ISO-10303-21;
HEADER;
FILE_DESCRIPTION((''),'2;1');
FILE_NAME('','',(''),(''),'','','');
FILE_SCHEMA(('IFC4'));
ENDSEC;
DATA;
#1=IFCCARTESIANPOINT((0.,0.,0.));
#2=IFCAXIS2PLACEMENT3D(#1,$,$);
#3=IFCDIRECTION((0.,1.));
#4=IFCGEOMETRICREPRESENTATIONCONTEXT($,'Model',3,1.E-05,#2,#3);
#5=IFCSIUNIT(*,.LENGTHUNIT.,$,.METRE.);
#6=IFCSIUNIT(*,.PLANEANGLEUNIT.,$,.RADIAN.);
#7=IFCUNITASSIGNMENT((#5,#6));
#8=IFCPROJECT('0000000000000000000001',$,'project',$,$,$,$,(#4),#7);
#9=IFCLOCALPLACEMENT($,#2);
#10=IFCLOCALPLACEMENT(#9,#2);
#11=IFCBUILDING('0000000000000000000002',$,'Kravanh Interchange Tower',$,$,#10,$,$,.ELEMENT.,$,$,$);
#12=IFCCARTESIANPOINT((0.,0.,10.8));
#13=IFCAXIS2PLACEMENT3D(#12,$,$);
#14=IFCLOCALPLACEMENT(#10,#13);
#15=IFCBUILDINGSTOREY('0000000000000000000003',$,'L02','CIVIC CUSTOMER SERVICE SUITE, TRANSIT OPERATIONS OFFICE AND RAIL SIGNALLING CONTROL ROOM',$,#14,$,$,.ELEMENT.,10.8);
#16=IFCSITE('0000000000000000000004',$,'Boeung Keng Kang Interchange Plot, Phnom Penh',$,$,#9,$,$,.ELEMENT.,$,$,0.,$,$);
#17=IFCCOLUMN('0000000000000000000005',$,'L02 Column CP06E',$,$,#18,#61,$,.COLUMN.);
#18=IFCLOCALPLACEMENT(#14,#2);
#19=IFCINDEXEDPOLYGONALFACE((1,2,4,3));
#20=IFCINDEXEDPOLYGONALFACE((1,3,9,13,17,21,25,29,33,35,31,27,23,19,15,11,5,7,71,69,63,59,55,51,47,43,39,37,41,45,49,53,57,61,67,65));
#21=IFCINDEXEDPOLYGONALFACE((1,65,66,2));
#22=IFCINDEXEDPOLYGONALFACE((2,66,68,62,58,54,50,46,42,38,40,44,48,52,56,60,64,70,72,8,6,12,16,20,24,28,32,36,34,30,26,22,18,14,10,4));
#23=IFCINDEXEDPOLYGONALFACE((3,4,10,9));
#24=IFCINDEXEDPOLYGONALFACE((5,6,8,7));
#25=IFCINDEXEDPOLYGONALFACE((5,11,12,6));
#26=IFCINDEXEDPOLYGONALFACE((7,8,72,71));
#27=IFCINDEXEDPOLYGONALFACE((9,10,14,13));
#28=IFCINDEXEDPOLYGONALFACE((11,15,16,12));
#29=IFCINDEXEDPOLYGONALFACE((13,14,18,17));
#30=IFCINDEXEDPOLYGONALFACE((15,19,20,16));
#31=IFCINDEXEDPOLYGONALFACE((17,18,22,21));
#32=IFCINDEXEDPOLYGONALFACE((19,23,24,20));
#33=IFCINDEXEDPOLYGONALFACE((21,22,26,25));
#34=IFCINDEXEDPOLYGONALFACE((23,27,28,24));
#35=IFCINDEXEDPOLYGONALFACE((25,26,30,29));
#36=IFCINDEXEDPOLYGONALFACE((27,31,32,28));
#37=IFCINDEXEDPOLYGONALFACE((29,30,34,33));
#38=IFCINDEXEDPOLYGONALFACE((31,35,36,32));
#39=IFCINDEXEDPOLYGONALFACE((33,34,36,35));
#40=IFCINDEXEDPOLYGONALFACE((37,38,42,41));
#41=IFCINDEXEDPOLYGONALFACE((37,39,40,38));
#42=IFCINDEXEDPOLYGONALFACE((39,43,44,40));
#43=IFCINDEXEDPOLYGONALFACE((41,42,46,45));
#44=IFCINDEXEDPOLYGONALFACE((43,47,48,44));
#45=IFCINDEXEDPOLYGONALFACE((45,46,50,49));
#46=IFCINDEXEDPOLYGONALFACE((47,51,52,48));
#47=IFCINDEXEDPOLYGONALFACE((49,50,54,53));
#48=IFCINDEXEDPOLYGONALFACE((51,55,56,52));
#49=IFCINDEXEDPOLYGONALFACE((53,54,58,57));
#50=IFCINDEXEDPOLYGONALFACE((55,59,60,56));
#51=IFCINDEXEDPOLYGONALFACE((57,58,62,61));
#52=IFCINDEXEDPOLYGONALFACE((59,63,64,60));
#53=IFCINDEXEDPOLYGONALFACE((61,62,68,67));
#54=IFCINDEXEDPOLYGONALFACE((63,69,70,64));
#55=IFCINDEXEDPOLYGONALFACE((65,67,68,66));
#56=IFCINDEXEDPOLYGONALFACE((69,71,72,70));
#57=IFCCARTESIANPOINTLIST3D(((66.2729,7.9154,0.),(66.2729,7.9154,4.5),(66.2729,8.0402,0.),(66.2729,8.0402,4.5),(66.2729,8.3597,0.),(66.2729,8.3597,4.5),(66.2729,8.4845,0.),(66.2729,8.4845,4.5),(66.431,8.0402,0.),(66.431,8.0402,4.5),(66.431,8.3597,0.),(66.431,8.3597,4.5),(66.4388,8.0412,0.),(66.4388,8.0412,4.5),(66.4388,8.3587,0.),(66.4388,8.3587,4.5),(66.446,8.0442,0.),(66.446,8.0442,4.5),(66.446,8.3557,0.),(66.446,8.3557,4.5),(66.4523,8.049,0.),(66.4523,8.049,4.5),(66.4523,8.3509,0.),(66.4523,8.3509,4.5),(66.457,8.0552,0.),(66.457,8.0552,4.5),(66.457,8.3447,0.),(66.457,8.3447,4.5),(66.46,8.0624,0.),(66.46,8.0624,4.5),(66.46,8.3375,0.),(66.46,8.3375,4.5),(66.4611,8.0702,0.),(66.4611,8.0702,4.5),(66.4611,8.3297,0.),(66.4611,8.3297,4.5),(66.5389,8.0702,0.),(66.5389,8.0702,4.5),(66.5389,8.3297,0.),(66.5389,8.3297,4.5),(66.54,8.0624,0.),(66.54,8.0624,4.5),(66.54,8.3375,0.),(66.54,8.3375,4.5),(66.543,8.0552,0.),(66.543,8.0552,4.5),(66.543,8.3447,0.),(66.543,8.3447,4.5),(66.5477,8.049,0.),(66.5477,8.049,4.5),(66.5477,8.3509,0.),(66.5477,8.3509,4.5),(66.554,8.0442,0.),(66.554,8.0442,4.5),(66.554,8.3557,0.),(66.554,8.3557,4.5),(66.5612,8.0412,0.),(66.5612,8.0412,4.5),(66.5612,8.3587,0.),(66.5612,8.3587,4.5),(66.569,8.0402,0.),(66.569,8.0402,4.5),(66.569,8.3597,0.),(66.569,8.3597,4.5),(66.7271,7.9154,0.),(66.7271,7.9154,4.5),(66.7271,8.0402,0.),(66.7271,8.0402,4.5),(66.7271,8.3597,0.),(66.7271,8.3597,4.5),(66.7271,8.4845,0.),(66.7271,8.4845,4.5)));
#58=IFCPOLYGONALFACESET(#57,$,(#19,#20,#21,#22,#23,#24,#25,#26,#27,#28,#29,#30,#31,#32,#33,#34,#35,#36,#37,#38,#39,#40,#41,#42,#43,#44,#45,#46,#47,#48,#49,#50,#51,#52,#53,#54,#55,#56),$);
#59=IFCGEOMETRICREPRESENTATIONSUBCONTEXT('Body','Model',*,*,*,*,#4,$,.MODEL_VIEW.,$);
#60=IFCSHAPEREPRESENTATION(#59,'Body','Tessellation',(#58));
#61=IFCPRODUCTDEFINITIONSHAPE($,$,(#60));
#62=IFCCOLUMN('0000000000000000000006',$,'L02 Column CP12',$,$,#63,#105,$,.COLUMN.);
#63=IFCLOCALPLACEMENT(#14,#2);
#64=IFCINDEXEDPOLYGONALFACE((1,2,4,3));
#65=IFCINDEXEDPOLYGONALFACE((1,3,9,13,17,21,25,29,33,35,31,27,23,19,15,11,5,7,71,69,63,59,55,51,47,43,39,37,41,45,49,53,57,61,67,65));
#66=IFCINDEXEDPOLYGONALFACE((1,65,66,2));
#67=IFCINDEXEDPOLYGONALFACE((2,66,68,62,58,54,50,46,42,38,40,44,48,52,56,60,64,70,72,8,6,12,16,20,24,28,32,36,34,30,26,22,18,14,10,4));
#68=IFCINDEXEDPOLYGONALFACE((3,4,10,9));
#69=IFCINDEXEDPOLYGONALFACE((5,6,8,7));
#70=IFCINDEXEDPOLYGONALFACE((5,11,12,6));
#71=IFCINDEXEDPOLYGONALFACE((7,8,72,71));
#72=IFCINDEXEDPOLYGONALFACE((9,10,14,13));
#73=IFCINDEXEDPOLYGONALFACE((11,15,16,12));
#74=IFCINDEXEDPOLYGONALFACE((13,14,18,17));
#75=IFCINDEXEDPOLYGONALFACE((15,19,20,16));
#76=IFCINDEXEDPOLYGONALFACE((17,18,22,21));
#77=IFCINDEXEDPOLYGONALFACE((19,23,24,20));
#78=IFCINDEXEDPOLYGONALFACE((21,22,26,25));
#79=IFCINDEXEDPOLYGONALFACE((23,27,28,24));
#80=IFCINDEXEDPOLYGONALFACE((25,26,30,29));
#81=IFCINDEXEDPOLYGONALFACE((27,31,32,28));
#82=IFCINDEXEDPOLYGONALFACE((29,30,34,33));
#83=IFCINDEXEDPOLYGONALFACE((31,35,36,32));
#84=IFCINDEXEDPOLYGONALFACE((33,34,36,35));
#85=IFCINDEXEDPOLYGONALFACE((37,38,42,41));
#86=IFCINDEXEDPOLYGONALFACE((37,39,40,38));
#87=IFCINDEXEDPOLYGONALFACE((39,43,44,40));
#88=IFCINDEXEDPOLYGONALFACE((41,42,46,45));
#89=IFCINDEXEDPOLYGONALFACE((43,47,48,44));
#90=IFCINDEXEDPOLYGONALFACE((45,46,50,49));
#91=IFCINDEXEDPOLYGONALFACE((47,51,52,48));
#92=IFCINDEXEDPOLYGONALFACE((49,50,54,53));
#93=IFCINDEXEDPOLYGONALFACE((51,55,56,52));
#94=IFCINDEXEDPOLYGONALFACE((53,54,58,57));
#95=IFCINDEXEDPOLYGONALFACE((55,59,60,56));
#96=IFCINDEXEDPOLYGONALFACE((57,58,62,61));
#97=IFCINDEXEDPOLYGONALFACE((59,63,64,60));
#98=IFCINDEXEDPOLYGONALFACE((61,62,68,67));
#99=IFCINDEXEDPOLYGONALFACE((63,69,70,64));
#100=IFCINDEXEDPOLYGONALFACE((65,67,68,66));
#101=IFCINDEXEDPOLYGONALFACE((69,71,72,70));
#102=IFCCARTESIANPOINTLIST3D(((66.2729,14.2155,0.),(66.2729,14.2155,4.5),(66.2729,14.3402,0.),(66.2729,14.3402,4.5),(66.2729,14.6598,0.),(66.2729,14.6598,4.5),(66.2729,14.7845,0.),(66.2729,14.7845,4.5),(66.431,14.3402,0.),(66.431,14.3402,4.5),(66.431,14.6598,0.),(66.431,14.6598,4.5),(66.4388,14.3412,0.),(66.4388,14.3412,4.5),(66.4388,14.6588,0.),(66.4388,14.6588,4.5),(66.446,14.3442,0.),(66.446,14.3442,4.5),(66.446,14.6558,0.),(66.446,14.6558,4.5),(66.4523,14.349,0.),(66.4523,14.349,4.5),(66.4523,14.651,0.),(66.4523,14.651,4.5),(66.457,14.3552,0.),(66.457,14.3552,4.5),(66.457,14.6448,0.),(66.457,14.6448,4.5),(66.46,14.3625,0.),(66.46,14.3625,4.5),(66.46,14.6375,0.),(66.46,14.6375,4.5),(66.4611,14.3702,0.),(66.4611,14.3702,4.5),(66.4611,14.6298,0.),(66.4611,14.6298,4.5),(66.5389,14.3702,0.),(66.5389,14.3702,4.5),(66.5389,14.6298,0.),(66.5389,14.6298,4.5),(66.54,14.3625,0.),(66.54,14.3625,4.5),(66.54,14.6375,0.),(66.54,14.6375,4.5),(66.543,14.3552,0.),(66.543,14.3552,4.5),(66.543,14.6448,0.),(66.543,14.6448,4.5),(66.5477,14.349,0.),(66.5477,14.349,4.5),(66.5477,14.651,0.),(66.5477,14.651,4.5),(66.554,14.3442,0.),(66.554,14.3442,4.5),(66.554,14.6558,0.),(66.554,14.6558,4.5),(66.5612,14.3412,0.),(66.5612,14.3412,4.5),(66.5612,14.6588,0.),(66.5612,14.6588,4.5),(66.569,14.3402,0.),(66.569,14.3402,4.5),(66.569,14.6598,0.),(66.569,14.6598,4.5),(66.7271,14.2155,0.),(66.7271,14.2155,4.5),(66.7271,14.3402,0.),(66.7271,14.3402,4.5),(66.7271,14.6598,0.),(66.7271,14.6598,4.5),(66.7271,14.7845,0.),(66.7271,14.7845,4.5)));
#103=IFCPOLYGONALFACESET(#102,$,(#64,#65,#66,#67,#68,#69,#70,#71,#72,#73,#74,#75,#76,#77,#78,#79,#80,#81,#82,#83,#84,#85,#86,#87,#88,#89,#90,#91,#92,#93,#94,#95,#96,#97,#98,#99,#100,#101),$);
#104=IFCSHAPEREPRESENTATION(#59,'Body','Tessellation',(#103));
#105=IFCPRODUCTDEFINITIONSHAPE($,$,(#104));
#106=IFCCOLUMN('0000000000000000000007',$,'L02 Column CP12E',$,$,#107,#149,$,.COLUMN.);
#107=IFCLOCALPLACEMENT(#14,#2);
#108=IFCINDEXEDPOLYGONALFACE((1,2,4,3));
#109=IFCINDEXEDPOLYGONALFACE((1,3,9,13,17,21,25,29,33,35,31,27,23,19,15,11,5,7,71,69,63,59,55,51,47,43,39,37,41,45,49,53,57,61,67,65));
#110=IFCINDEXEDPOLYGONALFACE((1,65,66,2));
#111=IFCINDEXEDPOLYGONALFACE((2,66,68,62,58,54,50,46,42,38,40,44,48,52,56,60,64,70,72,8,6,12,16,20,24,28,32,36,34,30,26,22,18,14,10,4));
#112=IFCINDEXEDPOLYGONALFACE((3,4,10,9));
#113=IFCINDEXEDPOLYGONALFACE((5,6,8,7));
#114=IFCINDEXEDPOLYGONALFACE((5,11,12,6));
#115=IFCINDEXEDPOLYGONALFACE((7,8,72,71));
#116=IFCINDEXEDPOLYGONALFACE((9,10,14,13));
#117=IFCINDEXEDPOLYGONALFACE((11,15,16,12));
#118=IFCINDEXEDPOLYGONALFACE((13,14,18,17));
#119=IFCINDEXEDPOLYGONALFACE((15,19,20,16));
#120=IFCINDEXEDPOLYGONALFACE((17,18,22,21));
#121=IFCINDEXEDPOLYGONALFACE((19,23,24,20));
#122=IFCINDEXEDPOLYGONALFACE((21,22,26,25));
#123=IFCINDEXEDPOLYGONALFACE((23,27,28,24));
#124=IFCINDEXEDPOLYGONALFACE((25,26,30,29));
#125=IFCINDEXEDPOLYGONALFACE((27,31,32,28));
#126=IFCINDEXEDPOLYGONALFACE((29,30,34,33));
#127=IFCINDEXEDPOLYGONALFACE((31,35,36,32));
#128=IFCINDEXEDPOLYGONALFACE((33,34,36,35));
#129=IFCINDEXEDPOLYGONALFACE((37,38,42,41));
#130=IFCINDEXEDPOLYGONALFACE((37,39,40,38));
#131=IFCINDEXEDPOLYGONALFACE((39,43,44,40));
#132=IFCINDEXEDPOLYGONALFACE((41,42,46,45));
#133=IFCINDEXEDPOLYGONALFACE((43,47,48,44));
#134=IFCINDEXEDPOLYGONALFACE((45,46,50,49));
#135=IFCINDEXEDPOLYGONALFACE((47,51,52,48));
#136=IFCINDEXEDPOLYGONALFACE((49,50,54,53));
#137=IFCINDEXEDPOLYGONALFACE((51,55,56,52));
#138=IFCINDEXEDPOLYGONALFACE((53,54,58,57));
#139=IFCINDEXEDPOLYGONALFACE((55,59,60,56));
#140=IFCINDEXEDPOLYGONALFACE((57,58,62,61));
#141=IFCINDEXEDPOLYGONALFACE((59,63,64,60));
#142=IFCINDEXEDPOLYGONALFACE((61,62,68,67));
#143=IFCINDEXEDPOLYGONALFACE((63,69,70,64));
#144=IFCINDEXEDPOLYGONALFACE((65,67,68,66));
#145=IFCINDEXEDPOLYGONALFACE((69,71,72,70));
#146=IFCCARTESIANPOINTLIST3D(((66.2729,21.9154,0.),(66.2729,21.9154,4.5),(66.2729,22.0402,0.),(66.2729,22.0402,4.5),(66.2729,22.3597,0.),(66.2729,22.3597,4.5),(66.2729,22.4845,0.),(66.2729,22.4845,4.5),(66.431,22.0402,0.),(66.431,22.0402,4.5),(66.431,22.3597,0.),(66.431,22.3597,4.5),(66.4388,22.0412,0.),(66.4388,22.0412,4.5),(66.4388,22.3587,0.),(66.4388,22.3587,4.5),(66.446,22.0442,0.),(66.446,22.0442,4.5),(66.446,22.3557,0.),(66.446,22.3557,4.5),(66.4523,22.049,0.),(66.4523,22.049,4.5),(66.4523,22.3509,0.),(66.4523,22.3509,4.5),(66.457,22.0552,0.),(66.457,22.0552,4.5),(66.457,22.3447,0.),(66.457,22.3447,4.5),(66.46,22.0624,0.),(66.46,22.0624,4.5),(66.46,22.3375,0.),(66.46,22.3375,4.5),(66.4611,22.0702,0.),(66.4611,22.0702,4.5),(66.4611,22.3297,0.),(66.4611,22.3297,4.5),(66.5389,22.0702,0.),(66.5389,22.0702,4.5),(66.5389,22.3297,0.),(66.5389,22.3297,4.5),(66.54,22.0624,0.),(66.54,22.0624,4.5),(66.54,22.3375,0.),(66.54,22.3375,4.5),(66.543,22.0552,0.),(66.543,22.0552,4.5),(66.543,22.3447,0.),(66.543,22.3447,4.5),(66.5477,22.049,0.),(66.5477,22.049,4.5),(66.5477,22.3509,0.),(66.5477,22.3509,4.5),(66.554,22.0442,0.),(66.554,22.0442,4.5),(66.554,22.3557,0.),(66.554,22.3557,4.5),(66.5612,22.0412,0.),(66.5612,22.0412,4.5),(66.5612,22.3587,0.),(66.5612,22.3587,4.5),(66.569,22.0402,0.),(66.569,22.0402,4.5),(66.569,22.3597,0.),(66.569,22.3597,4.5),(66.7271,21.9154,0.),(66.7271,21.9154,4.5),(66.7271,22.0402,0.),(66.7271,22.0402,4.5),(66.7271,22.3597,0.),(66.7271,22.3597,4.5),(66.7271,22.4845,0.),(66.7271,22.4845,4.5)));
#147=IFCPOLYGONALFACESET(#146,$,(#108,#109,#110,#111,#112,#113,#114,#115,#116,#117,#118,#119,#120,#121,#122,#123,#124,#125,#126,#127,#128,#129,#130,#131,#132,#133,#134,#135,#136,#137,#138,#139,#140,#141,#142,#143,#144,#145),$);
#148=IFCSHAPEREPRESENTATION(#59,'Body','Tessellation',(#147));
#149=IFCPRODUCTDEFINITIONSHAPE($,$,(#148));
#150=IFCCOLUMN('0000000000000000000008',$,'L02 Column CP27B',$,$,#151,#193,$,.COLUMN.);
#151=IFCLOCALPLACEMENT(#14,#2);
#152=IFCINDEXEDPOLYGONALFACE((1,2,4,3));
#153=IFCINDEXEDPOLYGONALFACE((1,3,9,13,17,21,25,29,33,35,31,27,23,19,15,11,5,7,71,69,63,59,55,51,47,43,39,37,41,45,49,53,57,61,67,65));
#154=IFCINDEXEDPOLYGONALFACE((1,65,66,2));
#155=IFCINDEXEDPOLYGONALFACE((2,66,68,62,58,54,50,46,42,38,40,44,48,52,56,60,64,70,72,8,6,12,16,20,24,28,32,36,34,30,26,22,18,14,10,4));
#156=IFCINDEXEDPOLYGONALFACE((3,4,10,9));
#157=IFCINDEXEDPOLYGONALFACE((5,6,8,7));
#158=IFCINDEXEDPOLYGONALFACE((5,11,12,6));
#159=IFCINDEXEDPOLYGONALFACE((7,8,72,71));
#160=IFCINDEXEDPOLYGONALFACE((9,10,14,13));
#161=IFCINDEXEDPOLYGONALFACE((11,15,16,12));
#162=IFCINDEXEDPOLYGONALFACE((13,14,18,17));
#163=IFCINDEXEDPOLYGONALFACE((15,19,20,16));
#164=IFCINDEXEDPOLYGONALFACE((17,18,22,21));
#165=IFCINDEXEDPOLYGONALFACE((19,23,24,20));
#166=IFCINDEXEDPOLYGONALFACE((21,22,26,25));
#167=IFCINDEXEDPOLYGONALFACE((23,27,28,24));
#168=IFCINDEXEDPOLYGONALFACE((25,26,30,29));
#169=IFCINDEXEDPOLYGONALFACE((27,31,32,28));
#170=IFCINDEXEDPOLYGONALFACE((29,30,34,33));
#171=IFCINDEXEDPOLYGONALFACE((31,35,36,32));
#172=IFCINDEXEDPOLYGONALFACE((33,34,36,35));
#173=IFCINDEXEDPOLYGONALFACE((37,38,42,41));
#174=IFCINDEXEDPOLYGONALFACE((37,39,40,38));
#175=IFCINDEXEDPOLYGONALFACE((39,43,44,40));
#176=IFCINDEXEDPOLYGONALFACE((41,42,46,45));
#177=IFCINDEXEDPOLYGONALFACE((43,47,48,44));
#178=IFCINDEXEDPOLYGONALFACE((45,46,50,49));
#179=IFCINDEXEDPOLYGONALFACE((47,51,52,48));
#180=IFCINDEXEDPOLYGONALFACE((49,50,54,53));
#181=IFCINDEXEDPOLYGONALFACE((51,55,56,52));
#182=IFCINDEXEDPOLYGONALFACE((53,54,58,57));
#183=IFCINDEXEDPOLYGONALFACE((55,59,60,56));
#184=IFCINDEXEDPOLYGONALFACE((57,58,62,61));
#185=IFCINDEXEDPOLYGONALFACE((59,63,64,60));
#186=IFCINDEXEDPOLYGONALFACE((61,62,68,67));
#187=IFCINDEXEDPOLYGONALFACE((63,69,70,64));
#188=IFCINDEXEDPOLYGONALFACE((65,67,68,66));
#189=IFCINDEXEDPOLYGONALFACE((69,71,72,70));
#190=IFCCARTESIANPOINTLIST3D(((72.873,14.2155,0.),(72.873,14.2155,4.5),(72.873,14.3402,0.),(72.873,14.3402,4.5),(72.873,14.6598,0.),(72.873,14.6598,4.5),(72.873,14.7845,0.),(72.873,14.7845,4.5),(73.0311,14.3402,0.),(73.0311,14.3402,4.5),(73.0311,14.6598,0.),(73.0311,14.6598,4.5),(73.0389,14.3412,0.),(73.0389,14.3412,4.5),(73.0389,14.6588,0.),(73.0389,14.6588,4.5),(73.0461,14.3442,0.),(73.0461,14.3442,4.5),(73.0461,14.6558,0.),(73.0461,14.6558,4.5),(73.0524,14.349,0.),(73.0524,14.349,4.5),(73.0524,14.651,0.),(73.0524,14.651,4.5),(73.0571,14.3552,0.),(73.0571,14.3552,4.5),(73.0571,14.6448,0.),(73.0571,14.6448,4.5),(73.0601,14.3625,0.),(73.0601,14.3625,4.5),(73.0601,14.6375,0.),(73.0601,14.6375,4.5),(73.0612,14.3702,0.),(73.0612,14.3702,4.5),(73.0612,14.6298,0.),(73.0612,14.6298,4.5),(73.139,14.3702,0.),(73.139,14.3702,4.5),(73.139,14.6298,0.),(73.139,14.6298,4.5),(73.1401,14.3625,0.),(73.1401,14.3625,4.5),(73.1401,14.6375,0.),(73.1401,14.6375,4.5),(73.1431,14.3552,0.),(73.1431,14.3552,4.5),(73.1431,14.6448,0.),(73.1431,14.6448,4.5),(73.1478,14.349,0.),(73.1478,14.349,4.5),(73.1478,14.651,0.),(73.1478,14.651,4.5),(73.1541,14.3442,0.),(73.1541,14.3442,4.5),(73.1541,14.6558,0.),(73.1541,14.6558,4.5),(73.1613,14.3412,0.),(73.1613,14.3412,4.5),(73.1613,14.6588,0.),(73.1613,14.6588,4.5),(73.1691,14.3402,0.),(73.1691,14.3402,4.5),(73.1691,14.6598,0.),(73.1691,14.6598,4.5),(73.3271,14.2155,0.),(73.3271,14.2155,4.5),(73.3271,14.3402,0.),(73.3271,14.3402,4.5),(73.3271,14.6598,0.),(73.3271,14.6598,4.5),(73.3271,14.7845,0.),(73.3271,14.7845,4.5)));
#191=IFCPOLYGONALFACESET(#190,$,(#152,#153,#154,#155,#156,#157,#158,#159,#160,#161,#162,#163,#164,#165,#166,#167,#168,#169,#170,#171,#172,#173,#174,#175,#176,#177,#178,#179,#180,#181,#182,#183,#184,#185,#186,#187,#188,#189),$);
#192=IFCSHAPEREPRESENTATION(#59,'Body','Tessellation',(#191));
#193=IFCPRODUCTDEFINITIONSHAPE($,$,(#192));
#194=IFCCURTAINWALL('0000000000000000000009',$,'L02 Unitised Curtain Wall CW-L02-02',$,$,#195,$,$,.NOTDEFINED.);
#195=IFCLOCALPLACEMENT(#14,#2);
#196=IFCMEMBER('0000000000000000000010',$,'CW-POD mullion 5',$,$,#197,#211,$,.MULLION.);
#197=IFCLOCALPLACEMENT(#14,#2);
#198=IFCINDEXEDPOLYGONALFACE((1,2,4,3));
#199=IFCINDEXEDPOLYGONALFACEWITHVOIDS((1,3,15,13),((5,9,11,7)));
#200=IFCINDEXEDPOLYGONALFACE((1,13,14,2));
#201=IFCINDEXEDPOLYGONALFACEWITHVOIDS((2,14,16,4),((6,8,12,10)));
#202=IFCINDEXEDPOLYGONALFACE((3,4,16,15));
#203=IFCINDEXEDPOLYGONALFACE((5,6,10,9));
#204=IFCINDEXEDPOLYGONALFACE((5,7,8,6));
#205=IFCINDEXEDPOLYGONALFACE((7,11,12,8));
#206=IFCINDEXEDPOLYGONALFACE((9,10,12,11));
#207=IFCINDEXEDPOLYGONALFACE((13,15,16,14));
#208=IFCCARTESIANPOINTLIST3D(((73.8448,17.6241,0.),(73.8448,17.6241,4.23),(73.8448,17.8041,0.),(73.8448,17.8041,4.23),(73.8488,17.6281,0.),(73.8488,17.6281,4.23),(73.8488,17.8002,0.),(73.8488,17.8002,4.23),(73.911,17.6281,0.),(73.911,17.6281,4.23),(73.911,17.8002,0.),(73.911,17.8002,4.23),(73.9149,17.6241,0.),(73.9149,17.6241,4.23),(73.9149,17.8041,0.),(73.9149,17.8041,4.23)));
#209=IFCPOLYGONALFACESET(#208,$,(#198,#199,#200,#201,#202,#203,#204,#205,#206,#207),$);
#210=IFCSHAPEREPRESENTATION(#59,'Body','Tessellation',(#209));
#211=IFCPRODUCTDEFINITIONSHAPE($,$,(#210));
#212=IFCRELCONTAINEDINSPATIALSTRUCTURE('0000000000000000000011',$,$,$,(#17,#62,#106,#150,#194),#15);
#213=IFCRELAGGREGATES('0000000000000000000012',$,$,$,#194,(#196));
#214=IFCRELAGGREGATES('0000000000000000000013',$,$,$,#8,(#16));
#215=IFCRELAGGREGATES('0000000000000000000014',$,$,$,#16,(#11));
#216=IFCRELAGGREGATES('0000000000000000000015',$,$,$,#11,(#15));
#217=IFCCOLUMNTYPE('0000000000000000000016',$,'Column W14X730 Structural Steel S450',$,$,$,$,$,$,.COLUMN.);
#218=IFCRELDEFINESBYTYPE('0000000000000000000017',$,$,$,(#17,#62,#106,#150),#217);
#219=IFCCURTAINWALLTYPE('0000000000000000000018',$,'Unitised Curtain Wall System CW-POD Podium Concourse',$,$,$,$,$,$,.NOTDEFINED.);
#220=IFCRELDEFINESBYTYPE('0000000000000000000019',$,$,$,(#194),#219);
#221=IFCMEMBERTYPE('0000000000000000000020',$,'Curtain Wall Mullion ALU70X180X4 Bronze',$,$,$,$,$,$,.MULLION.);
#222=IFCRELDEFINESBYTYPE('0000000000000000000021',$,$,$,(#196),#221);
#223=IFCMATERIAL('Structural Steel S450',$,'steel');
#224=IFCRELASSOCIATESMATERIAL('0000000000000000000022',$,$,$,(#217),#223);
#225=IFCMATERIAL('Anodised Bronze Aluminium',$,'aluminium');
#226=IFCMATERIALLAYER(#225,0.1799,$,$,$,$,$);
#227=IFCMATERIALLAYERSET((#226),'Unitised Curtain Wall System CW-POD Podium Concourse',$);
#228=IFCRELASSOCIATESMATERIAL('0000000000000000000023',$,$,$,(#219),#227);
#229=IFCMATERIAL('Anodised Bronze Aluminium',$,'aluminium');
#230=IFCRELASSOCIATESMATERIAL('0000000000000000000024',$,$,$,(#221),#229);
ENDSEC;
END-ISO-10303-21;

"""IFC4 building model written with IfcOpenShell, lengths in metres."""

from ifc_helpers import new_model, si_unit, direction, frame, origin, origin_2d, place, context, subcontext, project, spatial, hollow_rectangle, i_section, extrude, material, layer, layer_set, material_profile, profile_set, type_object, element, aggregate, save


model = new_model("IFC4")

# Units and contexts
model_context = context("Model", 3, precision=1e-05, world=origin(), true_north=direction((0.0, 1.0)))
body_context = subcontext(model_context, "Body", "Model", "MODEL_VIEW")
ifc_project = project(units=[si_unit("LENGTHUNIT", "METRE"), si_unit("PLANEANGLEUNIT", "RADIAN")], contexts=[model_context])

# Site, building, storey
site_placement = place(None, origin())
site = spatial("IfcSite", under=ifc_project, at=site_placement, Name="Boeung Keng Kang Interchange Plot, Phnom Penh", CompositionType="ELEMENT", RefElevation=0.0)
building_placement = place(site_placement, origin())
building = spatial("IfcBuilding", under=site, at=building_placement, Name="Kravanh Interchange Tower", CompositionType="ELEMENT")
storey_placement = place(building_placement, frame((0.0, 0.0, 10.8)))
storey = spatial("IfcBuildingStorey", under=building, at=storey_placement, Name="L02", Description="CIVIC CUSTOMER SERVICE SUITE, TRANSIT OPERATIONS OFFICE AND RAIL SIGNALLING CONTROL ROOM", CompositionType="ELEMENT", Elevation=10.8)

# Columns
ifc_material_1 = material(Name="Structural Steel S450", Category="steel")
ifc_material_profile_1 = material_profile(ifc_material_1, i_section(OverallWidth=0.4541, OverallDepth=0.5691, WebThickness=0.0779, FlangeThickness=0.1248, FilletRadius=0.03, at=origin_2d()), Name="W14X730")
ifc_profile_set_1 = profile_set([ifc_material_profile_1], Name="Structural Steel S450")
column_type = type_object("IfcColumnType", Name="Column W14X730 Structural Steel S450", PredefinedType="COLUMN", material=ifc_profile_set_1)
for number, where, z_axis, x_axis, name in (
    (1, (66.5, 8.2, 0.0), (0.0, 0.0, 1.0), (1.0, 0.0, 0.0), "L02 Column CP06E"),
    (2, (66.5, 14.5, 0.0), (0.0, 0.0, 1.0), (1.0, 0.0, 0.0), "L02 Column CP12"),
    (3, (66.5, 22.2, 0.0), (0.0, 0.0, 1.0), (1.0, 0.0, 0.0), "L02 Column CP12E"),
    (4, (73.1001, 14.5, 0.0), (0.0, 0.0, 1.0), (1.0, 0.0, 0.0), "L02 Column CP27B"),
):
    element("IfcColumn", number, at=place(storey_placement, frame(where, z_axis=z_axis, x_axis=x_axis)), inside=storey, type_object=column_type, Name=name, PredefinedType="COLUMN", context=body_context, shape_type="SweptSolid", body=[
        extrude(i_section(OverallWidth=0.4541, OverallDepth=0.5691, WebThickness=0.0779, FlangeThickness=0.1248, FilletRadius=0.03, at=origin_2d()), origin(), (0.0, 0.0, 1.0), 4.5),
    ])

# Curtain wall, member
ifc_material_2 = material(Name="Anodised Bronze Aluminium", Category="aluminium")
ifc_layer_1 = layer(ifc_material_2, 0.1799)
ifc_layer_set_1 = layer_set([ifc_layer_1], Name="Unitised Curtain Wall System CW-POD Podium Concourse")
curtain_wall_type = type_object("IfcCurtainWallType", Name="Unitised Curtain Wall System CW-POD Podium Concourse", PredefinedType="NOTDEFINED", material=ifc_layer_set_1)
curtain_wall_placement = place(storey_placement, origin())
curtain_wall = element("IfcCurtainWall", 5, at=curtain_wall_placement, inside=storey, type_object=curtain_wall_type, Name="L02 Unitised Curtain Wall CW-L02-02", PredefinedType="NOTDEFINED")
ifc_material_3 = material(Name="Anodised Bronze Aluminium", Category="aluminium")
ifc_material_profile_2 = material_profile(ifc_material_3, hollow_rectangle(XDim=0.0701, YDim=0.1799, WallThickness=0.0039, at=origin_2d()), Name="ALU70X180X4")
ifc_profile_set_2 = profile_set([ifc_material_profile_2], Name="Anodised Bronze Aluminium")
member_type_1 = type_object("IfcMemberType", Name="Curtain Wall Mullion ALU70X180X4 Bronze", PredefinedType="MULLION", material=ifc_profile_set_2)
member_1_placement = place(storey_placement, frame((73.8799, 17.7141, 0.0), z_axis=(0.0, 0.0, 1.0), x_axis=(1.0, 0.0, 0.0)))
member_1 = element("IfcMember", 6, at=member_1_placement, type_object=member_type_1, Name="CW-POD mullion 5", PredefinedType="MULLION", context=body_context, shape_type="SweptSolid", body=[
    extrude(hollow_rectangle(XDim=0.0701, YDim=0.1799, WallThickness=0.0039, at=origin_2d()), origin(), (0.0, 0.0, 1.0), 4.23),
])

aggregate(curtain_wall, [member_1])

save(model, "model.ifc")
